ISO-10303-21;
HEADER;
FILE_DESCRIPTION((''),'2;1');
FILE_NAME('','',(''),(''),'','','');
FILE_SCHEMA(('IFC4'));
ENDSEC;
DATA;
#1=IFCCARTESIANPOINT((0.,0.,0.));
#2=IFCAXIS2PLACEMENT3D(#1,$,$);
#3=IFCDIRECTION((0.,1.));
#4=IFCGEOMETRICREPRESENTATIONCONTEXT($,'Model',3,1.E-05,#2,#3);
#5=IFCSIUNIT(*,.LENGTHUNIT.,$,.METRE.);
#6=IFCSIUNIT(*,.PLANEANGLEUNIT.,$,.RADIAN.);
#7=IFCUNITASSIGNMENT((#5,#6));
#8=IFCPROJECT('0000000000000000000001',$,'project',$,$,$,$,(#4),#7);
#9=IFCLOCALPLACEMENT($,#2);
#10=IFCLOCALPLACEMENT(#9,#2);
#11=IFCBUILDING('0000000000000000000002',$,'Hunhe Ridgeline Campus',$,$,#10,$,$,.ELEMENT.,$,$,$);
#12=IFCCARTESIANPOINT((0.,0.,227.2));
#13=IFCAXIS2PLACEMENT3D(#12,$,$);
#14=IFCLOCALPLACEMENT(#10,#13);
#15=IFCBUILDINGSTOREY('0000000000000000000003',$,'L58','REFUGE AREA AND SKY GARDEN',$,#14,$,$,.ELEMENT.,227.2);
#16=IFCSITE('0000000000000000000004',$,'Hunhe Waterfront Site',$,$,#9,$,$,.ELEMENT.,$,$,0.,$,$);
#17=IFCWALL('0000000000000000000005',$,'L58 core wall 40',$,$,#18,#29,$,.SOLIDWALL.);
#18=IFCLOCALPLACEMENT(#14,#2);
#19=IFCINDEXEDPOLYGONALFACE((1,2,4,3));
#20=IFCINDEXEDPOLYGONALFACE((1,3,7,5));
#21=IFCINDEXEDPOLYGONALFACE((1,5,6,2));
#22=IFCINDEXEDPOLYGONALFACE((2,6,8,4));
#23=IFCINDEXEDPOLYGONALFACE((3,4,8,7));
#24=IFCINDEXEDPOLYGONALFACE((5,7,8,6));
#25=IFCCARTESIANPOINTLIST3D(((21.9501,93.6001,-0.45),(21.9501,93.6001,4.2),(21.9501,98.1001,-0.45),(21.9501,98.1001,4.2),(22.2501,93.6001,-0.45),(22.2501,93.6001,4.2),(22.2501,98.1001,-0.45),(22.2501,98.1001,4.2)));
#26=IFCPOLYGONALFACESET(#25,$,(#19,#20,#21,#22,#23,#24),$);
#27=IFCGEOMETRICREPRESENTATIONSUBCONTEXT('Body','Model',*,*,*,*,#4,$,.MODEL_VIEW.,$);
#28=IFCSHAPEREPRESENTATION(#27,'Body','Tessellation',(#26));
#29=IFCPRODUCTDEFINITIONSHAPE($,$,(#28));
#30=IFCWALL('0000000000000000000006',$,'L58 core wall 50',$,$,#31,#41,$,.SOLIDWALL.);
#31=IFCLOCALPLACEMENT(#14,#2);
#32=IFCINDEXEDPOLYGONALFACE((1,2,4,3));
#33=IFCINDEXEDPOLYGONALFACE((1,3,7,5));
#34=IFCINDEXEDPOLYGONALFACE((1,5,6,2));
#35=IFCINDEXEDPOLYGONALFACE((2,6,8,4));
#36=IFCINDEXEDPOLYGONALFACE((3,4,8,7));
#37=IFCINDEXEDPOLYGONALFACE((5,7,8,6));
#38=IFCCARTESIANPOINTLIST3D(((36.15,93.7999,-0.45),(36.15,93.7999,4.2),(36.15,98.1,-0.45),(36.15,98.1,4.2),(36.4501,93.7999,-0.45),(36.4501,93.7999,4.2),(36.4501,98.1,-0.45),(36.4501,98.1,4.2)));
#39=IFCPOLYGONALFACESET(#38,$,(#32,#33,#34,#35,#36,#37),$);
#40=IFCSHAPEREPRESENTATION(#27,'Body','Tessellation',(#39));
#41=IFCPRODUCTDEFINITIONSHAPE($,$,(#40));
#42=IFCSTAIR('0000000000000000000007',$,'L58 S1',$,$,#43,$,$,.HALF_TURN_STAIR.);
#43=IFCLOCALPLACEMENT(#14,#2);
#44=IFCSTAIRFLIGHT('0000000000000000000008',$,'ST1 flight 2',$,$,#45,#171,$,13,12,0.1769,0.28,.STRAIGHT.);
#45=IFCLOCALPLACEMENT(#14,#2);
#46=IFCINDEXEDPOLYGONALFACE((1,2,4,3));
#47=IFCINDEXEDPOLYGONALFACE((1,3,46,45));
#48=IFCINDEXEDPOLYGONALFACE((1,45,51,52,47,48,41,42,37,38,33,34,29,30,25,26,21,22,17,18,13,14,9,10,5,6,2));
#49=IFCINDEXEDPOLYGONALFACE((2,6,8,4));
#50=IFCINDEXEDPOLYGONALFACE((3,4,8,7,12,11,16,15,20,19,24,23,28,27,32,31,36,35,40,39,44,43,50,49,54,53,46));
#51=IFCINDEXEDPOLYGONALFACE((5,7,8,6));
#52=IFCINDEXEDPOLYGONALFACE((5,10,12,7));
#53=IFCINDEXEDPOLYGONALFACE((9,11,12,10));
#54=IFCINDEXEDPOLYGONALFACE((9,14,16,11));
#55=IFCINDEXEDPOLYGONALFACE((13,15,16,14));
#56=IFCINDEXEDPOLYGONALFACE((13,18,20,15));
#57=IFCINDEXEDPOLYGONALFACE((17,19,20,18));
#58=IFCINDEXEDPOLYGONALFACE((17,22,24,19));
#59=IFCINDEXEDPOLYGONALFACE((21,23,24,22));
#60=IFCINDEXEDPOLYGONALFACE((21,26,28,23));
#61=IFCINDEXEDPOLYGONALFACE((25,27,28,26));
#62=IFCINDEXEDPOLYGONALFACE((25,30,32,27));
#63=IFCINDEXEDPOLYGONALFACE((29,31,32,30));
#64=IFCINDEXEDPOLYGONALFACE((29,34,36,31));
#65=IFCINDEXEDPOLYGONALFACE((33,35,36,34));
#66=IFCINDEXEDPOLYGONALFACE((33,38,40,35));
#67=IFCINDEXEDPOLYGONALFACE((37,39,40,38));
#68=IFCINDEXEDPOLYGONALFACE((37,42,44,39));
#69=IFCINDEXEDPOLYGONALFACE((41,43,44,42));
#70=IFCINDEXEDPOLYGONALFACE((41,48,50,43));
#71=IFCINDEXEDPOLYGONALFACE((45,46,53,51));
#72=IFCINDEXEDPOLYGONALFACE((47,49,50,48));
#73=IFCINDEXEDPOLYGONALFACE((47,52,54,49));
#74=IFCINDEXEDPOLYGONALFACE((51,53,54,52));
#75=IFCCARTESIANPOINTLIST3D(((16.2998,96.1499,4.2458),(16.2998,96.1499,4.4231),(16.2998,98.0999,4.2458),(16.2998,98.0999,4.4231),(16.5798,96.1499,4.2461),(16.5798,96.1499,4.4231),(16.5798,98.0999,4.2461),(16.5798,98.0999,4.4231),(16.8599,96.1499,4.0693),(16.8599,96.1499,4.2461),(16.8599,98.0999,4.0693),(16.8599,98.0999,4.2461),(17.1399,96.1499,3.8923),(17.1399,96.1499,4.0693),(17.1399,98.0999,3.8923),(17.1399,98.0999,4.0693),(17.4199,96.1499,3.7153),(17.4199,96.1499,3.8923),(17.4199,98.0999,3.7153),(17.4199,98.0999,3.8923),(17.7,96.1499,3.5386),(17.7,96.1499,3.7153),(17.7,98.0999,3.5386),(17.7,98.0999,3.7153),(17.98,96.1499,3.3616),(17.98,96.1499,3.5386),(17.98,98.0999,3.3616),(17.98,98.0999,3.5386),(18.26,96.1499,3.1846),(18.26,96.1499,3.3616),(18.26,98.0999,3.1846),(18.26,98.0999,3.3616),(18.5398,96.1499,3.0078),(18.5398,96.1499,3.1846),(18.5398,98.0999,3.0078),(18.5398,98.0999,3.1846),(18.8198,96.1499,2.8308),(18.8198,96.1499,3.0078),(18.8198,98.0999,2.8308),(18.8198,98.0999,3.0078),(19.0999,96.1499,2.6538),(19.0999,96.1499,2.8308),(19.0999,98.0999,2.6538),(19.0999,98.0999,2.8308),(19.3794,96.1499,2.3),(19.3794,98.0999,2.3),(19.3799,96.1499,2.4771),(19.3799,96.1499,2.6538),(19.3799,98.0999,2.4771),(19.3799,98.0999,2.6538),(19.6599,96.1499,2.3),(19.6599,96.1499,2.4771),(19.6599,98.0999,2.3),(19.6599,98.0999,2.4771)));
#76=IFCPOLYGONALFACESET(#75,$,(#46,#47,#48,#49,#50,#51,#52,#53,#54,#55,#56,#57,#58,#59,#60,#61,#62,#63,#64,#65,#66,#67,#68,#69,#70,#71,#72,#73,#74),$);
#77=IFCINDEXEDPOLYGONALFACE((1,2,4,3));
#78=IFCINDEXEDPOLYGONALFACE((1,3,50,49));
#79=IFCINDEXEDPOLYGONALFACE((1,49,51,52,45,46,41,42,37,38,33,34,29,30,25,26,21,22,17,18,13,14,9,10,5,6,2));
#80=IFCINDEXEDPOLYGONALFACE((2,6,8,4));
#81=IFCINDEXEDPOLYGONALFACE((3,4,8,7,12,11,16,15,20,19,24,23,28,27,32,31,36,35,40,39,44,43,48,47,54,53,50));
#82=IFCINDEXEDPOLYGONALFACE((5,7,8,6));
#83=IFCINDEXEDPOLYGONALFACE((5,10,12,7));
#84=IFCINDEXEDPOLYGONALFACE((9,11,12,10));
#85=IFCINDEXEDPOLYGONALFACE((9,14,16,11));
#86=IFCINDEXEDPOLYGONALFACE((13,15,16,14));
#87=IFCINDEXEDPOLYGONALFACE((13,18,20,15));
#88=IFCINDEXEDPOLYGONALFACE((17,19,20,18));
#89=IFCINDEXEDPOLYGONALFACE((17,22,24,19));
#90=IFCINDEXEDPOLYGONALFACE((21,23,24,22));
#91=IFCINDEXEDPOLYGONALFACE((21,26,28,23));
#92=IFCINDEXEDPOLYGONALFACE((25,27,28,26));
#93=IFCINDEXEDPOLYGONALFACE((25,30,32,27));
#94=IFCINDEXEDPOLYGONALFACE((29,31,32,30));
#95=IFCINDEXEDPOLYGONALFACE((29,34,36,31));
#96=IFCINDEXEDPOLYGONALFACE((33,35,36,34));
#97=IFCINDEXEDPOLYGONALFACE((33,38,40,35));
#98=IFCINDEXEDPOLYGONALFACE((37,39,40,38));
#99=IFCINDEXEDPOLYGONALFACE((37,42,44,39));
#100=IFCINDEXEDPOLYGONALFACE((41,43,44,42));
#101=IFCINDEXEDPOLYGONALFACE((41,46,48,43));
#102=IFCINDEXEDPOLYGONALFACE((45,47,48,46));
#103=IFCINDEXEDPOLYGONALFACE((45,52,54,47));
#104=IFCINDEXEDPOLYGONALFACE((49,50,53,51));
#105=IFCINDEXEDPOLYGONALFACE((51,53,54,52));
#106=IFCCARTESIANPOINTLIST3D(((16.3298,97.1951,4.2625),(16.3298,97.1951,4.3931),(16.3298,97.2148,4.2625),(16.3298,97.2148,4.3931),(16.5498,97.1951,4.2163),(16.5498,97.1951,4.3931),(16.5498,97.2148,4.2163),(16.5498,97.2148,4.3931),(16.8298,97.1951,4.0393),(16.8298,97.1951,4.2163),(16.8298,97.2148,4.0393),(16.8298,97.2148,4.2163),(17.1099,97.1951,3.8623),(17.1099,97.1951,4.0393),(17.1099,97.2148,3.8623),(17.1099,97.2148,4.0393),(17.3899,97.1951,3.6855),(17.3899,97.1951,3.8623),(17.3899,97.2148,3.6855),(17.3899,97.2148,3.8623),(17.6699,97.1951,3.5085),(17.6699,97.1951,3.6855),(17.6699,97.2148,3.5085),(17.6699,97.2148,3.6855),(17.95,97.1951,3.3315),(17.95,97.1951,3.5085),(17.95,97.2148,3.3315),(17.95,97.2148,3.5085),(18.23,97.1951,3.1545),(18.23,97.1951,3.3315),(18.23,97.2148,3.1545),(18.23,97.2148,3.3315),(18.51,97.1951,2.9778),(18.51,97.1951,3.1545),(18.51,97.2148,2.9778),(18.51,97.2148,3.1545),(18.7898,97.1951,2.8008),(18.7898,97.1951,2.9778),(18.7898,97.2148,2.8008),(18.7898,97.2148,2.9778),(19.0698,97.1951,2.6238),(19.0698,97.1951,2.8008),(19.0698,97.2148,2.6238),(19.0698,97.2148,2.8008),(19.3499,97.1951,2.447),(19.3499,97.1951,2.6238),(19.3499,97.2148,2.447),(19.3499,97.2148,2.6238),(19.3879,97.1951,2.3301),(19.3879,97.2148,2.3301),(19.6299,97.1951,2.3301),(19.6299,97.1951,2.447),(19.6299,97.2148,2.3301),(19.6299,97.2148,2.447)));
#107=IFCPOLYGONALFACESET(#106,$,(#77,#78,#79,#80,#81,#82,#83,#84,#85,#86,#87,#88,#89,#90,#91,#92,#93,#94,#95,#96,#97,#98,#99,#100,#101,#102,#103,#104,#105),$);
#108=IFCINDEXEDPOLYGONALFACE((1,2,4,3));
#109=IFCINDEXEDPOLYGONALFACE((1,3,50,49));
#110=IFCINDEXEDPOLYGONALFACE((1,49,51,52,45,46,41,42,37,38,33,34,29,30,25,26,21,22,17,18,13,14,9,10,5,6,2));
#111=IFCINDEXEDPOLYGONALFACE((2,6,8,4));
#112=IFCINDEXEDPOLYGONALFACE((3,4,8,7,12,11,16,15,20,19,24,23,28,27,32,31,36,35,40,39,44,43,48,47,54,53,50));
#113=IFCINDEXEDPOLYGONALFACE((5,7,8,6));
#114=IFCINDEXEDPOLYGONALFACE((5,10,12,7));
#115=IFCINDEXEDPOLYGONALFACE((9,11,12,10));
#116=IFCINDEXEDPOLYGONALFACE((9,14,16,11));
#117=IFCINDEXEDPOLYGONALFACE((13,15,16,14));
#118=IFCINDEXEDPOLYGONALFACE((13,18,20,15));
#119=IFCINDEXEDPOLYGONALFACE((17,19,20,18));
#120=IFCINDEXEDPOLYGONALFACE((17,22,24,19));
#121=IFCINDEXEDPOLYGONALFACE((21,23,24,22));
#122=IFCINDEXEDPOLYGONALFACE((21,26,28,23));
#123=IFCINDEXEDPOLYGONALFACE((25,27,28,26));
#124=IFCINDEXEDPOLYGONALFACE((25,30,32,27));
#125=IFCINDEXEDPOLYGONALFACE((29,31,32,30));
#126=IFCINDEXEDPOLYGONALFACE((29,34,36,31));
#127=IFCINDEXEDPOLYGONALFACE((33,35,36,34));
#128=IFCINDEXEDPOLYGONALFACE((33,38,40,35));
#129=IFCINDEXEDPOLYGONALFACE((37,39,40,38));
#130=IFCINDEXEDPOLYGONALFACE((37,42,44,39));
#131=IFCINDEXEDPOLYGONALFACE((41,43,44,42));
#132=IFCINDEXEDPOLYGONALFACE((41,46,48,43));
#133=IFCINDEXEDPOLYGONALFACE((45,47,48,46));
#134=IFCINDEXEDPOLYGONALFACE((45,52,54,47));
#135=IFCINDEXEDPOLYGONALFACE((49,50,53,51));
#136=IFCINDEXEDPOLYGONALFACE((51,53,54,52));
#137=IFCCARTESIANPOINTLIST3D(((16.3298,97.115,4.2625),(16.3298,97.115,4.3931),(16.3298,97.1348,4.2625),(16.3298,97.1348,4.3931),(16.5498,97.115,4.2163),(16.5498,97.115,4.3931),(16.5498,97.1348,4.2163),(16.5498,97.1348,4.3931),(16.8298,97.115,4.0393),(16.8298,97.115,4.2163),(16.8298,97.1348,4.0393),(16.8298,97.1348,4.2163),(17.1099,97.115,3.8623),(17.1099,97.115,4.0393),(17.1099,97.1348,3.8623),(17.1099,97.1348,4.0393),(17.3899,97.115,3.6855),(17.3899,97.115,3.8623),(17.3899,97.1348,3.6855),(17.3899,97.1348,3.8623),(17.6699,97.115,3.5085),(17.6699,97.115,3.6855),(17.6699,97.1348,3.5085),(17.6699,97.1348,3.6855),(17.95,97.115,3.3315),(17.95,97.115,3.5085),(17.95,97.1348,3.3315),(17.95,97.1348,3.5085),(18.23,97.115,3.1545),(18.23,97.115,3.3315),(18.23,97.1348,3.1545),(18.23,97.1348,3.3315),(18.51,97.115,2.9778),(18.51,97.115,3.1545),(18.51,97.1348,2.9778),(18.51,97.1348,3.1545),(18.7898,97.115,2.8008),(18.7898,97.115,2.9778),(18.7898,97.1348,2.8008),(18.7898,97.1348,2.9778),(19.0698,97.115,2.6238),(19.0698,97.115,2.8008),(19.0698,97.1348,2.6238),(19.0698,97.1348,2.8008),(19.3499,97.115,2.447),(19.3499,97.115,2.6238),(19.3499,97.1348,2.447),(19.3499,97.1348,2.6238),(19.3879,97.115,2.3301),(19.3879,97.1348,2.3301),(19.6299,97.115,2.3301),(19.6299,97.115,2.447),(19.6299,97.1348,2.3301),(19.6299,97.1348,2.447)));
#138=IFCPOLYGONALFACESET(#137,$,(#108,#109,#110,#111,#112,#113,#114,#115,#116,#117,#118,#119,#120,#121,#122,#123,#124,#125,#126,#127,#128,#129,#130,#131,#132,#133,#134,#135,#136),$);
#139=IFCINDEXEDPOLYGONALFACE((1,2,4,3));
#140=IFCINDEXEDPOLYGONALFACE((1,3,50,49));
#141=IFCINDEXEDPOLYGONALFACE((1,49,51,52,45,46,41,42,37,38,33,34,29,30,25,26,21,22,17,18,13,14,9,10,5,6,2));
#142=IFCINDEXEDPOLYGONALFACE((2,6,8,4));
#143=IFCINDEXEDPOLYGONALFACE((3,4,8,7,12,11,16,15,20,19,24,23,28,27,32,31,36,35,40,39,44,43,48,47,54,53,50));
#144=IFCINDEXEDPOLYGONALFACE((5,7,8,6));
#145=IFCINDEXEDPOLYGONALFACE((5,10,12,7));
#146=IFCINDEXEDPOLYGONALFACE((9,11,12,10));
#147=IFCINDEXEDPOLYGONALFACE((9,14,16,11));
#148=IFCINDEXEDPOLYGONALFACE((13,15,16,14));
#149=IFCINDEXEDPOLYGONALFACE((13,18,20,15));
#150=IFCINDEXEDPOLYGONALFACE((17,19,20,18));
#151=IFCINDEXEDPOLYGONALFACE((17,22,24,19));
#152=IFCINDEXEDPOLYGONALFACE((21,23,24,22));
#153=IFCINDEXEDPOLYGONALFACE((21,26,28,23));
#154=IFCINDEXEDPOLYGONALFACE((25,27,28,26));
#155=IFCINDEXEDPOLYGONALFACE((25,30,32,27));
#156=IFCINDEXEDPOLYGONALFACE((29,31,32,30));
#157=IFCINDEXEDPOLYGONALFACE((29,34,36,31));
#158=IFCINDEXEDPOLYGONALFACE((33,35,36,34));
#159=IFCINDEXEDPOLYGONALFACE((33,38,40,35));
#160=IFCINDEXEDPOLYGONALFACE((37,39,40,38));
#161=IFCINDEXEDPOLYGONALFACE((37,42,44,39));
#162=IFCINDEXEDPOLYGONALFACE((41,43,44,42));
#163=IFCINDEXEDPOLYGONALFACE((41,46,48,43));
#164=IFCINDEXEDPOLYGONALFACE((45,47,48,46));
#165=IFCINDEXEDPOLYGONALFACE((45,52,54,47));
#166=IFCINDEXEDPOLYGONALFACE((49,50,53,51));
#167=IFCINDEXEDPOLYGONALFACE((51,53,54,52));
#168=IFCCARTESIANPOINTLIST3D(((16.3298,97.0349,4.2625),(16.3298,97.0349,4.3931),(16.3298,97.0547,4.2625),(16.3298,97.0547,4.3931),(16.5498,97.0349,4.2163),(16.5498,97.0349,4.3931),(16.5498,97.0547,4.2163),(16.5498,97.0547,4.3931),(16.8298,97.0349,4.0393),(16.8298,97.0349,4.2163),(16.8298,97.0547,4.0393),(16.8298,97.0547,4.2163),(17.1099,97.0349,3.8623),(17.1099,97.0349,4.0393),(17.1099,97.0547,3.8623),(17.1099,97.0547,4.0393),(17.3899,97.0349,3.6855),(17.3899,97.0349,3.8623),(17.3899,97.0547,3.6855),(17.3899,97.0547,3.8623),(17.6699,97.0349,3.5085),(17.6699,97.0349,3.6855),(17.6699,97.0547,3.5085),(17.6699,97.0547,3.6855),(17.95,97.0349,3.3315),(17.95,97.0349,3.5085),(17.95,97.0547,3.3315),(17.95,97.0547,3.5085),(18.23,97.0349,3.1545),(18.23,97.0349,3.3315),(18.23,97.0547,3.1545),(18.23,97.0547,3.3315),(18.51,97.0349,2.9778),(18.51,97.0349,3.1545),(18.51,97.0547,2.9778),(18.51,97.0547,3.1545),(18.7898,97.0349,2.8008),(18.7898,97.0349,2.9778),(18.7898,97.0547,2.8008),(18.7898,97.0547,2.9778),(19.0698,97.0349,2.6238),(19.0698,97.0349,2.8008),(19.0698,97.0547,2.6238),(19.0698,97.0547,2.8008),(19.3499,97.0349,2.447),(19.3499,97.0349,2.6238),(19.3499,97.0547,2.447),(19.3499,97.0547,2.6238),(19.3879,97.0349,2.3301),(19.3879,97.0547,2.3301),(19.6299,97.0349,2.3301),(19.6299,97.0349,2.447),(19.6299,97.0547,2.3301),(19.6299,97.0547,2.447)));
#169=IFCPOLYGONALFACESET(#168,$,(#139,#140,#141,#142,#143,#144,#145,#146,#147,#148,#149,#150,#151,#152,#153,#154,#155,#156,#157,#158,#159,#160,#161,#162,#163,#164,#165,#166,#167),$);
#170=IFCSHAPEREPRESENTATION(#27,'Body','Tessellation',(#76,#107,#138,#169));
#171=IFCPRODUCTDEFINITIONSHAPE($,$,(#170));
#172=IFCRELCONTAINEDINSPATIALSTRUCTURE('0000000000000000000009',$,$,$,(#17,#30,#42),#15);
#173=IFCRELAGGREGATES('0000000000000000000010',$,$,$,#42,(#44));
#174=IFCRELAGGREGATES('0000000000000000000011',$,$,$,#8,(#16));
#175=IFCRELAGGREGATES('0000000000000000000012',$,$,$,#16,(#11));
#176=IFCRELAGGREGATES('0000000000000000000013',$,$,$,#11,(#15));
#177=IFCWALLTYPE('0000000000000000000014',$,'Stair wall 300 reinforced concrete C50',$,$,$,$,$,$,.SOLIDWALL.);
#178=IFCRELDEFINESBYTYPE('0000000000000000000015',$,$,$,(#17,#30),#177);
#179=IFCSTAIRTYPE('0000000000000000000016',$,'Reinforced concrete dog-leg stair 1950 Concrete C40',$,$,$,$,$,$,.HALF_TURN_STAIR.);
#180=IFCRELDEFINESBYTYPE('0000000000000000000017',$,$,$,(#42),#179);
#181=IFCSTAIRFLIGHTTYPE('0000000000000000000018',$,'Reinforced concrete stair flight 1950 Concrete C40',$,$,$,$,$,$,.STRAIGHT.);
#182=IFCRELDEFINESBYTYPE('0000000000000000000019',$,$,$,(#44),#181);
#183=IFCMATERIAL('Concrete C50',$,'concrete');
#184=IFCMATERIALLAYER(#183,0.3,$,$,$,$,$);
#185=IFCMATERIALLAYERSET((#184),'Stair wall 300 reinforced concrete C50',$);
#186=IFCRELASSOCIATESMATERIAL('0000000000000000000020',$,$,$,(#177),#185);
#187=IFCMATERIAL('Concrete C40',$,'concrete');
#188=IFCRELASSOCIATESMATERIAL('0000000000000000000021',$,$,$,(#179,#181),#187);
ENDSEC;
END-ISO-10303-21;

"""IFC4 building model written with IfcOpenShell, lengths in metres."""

from ifc_helpers import new_model, si_unit, direction, frame, frame_2d, origin, place, context, subcontext, project, spatial, polyline, rectangle, outline, extrude, material, layer, layer_set, type_object, element, aggregate, save


model = new_model("IFC4")

# Units and contexts
model_context = context("Model", 3, precision=1e-05, world=origin(), true_north=direction((0.0, 1.0)))
body_context = subcontext(model_context, "Body", "Model", "MODEL_VIEW")
ifc_project = project(units=[si_unit("LENGTHUNIT", "METRE"), si_unit("PLANEANGLEUNIT", "RADIAN")], contexts=[model_context])

# Site, building, storey
site_placement = place(None, origin())
site = spatial("IfcSite", under=ifc_project, at=site_placement, Name="Hunhe Waterfront Site", CompositionType="ELEMENT", RefElevation=0.0)
building_placement = place(site_placement, origin())
building = spatial("IfcBuilding", under=site, at=building_placement, Name="Hunhe Ridgeline Campus", CompositionType="ELEMENT")
storey_placement = place(building_placement, frame((0.0, 0.0, 227.2)))
storey = spatial("IfcBuildingStorey", under=building, at=storey_placement, Name="L58", Description="REFUGE AREA AND SKY GARDEN", CompositionType="ELEMENT", Elevation=227.2)

# Shared definitions
ifc_material_1 = material(Name="Concrete C50", Category="concrete")

# Shared definitions
ifc_layer_1 = layer(ifc_material_1, 0.3)
ifc_layer_set_1 = layer_set([ifc_layer_1], Name="Stair wall 300 reinforced concrete C50")
wall_type_1 = type_object("IfcWallType", Name="Stair wall 300 reinforced concrete C50", PredefinedType="SOLIDWALL", material=ifc_layer_set_1)

# Walls
wall_1_placement = place(storey_placement, frame((22.1001, 93.6001, -0.45), z_axis=(0.0, 0.0, 1.0), x_axis=(0.0, 1.0, 0.0)))
element("IfcWall", 1, at=wall_1_placement, inside=storey, type_object=wall_type_1, Name="L58 core wall 40", PredefinedType="SOLIDWALL", context=body_context, shape_type="SweptSolid", body=[
    extrude(rectangle(XDim=4.5, YDim=0.3, at=frame_2d((2.25, 0.0))), origin(), (0.0, 0.0, 1.0), 4.6499),
])
wall_2_placement = place(storey_placement, frame((36.3, 93.8, -0.45), z_axis=(0.0, 0.0, 1.0), x_axis=(0.0, 1.0, 0.0)))
element("IfcWall", 2, at=wall_2_placement, inside=storey, type_object=wall_type_1, Name="L58 core wall 50", PredefinedType="SOLIDWALL", context=body_context, shape_type="SweptSolid", body=[
    extrude(rectangle(XDim=4.3, YDim=0.3, at=frame_2d((2.1499, 0.0))), origin(), (0.0, 0.0, 1.0), 4.6499),
])

# Stair, stair flight
ifc_material_2 = material(Name="Concrete C40", Category="concrete")
stair_type = type_object("IfcStairType", Name="Reinforced concrete dog-leg stair 1950 Concrete C40", PredefinedType="HALF_TURN_STAIR", material=ifc_material_2)
stair_1_placement = place(storey_placement, origin())
stair_1 = element("IfcStair", 3, at=stair_1_placement, inside=storey, type_object=stair_type, Name="L58 S1", PredefinedType="HALF_TURN_STAIR")
stair_flight_type = type_object("IfcStairFlightType", Name="Reinforced concrete stair flight 1950 Concrete C40", PredefinedType="STRAIGHT", material=ifc_material_2)
stair_flight_1_placement = place(storey_placement, frame((19.6599, 97.125, 2.3), z_axis=(0.0, 0.0, 1.0), x_axis=(-1.0, 0.0, 0.0)))
stair_flight_1 = element("IfcStairFlight", 4, at=stair_flight_1_placement, type_object=stair_flight_type, Name="ST1 flight 2", NumberOfRisers=13, NumberOfTreads=12, PredefinedType="STRAIGHT", RiserHeight=0.1769, TreadLength=0.28, context=body_context, shape_type="SweptSolid", body=[
    extrude(outline(polyline([(0.0, 0.0), (0.0, 0.177), (0.28, 0.177), (0.28, 0.3538), (0.5601, 0.3538), (0.5601, 0.5308), (0.8401, 0.5308), (0.8401, 0.7078), (1.1201, 0.7078), (1.1201, 0.8845), (1.3999, 0.8845), (1.3999, 1.0615), (1.6799, 1.0615), (1.6799, 1.2385), (1.96, 1.2385), (1.96, 1.4153), (2.24, 1.4153), (2.24, 1.5923), (2.52, 1.5923), (2.52, 1.7693), (2.8, 1.7693), (2.8, 1.946), (3.0801, 1.946), (3.0801, 2.123), (3.3601, 2.123), (3.3601, 2.3), (3.3601, 1.9458), (0.2805, 0.0), (0.0, 0.0)])), frame((0.0, 0.9751, 0.0), z_axis=(0.0, -1.0, 0.0), x_axis=(1.0, 0.0, 0.0)), (0.0, 0.0, 1.0), 1.95),
    extrude(outline(polyline([(0.03, 0.03), (0.03, 0.147), (0.3101, 0.147), (0.3101, 0.3237), (0.5901, 0.3237), (0.5901, 0.5007), (0.8701, 0.5007), (0.8701, 0.6777), (1.1499, 0.6777), (1.1499, 0.8545), (1.4299, 0.8545), (1.4299, 1.0315), (1.71, 1.0315), (1.71, 1.2085), (1.99, 1.2085), (1.99, 1.3855), (2.27, 1.3855), (2.27, 1.5623), (2.55, 1.5623), (2.55, 1.7393), (2.8301, 1.7393), (2.8301, 1.9163), (3.1101, 1.9163), (3.1101, 2.093), (3.3301, 2.093), (3.3301, 1.9624), (0.272, 0.03), (0.03, 0.03)])), frame((0.0, -0.0701, 0.0), z_axis=(0.0, -1.0, 0.0), x_axis=(1.0, 0.0, 0.0)), (0.0, 0.0, 1.0), 0.0198),
    extrude(outline(polyline([(0.03, 0.03), (0.03, 0.147), (0.3101, 0.147), (0.3101, 0.3237), (0.5901, 0.3237), (0.5901, 0.5007), (0.8701, 0.5007), (0.8701, 0.6777), (1.1499, 0.6777), (1.1499, 0.8545), (1.4299, 0.8545), (1.4299, 1.0315), (1.71, 1.0315), (1.71, 1.2085), (1.99, 1.2085), (1.99, 1.3855), (2.27, 1.3855), (2.27, 1.5623), (2.55, 1.5623), (2.55, 1.7393), (2.8301, 1.7393), (2.8301, 1.9163), (3.1101, 1.9163), (3.1101, 2.093), (3.3301, 2.093), (3.3301, 1.9624), (0.272, 0.03), (0.03, 0.03)])), frame((0.0, 0.01, 0.0), z_axis=(0.0, -1.0, 0.0), x_axis=(1.0, 0.0, 0.0)), (0.0, 0.0, 1.0), 0.0198),
    extrude(outline(polyline([(0.03, 0.03), (0.03, 0.147), (0.3101, 0.147), (0.3101, 0.3237), (0.5901, 0.3237), (0.5901, 0.5007), (0.8701, 0.5007), (0.8701, 0.6777), (1.1499, 0.6777), (1.1499, 0.8545), (1.4299, 0.8545), (1.4299, 1.0315), (1.71, 1.0315), (1.71, 1.2085), (1.99, 1.2085), (1.99, 1.3855), (2.27, 1.3855), (2.27, 1.5623), (2.55, 1.5623), (2.55, 1.7393), (2.8301, 1.7393), (2.8301, 1.9163), (3.1101, 1.9163), (3.1101, 2.093), (3.3301, 2.093), (3.3301, 1.9624), (0.272, 0.03), (0.03, 0.03)])), frame((0.0, 0.0901, 0.0), z_axis=(0.0, -1.0, 0.0), x_axis=(1.0, 0.0, 0.0)), (0.0, 0.0, 1.0), 0.0198),
])
aggregate(stair_1, [stair_flight_1])

save(model, "model.ifc")
